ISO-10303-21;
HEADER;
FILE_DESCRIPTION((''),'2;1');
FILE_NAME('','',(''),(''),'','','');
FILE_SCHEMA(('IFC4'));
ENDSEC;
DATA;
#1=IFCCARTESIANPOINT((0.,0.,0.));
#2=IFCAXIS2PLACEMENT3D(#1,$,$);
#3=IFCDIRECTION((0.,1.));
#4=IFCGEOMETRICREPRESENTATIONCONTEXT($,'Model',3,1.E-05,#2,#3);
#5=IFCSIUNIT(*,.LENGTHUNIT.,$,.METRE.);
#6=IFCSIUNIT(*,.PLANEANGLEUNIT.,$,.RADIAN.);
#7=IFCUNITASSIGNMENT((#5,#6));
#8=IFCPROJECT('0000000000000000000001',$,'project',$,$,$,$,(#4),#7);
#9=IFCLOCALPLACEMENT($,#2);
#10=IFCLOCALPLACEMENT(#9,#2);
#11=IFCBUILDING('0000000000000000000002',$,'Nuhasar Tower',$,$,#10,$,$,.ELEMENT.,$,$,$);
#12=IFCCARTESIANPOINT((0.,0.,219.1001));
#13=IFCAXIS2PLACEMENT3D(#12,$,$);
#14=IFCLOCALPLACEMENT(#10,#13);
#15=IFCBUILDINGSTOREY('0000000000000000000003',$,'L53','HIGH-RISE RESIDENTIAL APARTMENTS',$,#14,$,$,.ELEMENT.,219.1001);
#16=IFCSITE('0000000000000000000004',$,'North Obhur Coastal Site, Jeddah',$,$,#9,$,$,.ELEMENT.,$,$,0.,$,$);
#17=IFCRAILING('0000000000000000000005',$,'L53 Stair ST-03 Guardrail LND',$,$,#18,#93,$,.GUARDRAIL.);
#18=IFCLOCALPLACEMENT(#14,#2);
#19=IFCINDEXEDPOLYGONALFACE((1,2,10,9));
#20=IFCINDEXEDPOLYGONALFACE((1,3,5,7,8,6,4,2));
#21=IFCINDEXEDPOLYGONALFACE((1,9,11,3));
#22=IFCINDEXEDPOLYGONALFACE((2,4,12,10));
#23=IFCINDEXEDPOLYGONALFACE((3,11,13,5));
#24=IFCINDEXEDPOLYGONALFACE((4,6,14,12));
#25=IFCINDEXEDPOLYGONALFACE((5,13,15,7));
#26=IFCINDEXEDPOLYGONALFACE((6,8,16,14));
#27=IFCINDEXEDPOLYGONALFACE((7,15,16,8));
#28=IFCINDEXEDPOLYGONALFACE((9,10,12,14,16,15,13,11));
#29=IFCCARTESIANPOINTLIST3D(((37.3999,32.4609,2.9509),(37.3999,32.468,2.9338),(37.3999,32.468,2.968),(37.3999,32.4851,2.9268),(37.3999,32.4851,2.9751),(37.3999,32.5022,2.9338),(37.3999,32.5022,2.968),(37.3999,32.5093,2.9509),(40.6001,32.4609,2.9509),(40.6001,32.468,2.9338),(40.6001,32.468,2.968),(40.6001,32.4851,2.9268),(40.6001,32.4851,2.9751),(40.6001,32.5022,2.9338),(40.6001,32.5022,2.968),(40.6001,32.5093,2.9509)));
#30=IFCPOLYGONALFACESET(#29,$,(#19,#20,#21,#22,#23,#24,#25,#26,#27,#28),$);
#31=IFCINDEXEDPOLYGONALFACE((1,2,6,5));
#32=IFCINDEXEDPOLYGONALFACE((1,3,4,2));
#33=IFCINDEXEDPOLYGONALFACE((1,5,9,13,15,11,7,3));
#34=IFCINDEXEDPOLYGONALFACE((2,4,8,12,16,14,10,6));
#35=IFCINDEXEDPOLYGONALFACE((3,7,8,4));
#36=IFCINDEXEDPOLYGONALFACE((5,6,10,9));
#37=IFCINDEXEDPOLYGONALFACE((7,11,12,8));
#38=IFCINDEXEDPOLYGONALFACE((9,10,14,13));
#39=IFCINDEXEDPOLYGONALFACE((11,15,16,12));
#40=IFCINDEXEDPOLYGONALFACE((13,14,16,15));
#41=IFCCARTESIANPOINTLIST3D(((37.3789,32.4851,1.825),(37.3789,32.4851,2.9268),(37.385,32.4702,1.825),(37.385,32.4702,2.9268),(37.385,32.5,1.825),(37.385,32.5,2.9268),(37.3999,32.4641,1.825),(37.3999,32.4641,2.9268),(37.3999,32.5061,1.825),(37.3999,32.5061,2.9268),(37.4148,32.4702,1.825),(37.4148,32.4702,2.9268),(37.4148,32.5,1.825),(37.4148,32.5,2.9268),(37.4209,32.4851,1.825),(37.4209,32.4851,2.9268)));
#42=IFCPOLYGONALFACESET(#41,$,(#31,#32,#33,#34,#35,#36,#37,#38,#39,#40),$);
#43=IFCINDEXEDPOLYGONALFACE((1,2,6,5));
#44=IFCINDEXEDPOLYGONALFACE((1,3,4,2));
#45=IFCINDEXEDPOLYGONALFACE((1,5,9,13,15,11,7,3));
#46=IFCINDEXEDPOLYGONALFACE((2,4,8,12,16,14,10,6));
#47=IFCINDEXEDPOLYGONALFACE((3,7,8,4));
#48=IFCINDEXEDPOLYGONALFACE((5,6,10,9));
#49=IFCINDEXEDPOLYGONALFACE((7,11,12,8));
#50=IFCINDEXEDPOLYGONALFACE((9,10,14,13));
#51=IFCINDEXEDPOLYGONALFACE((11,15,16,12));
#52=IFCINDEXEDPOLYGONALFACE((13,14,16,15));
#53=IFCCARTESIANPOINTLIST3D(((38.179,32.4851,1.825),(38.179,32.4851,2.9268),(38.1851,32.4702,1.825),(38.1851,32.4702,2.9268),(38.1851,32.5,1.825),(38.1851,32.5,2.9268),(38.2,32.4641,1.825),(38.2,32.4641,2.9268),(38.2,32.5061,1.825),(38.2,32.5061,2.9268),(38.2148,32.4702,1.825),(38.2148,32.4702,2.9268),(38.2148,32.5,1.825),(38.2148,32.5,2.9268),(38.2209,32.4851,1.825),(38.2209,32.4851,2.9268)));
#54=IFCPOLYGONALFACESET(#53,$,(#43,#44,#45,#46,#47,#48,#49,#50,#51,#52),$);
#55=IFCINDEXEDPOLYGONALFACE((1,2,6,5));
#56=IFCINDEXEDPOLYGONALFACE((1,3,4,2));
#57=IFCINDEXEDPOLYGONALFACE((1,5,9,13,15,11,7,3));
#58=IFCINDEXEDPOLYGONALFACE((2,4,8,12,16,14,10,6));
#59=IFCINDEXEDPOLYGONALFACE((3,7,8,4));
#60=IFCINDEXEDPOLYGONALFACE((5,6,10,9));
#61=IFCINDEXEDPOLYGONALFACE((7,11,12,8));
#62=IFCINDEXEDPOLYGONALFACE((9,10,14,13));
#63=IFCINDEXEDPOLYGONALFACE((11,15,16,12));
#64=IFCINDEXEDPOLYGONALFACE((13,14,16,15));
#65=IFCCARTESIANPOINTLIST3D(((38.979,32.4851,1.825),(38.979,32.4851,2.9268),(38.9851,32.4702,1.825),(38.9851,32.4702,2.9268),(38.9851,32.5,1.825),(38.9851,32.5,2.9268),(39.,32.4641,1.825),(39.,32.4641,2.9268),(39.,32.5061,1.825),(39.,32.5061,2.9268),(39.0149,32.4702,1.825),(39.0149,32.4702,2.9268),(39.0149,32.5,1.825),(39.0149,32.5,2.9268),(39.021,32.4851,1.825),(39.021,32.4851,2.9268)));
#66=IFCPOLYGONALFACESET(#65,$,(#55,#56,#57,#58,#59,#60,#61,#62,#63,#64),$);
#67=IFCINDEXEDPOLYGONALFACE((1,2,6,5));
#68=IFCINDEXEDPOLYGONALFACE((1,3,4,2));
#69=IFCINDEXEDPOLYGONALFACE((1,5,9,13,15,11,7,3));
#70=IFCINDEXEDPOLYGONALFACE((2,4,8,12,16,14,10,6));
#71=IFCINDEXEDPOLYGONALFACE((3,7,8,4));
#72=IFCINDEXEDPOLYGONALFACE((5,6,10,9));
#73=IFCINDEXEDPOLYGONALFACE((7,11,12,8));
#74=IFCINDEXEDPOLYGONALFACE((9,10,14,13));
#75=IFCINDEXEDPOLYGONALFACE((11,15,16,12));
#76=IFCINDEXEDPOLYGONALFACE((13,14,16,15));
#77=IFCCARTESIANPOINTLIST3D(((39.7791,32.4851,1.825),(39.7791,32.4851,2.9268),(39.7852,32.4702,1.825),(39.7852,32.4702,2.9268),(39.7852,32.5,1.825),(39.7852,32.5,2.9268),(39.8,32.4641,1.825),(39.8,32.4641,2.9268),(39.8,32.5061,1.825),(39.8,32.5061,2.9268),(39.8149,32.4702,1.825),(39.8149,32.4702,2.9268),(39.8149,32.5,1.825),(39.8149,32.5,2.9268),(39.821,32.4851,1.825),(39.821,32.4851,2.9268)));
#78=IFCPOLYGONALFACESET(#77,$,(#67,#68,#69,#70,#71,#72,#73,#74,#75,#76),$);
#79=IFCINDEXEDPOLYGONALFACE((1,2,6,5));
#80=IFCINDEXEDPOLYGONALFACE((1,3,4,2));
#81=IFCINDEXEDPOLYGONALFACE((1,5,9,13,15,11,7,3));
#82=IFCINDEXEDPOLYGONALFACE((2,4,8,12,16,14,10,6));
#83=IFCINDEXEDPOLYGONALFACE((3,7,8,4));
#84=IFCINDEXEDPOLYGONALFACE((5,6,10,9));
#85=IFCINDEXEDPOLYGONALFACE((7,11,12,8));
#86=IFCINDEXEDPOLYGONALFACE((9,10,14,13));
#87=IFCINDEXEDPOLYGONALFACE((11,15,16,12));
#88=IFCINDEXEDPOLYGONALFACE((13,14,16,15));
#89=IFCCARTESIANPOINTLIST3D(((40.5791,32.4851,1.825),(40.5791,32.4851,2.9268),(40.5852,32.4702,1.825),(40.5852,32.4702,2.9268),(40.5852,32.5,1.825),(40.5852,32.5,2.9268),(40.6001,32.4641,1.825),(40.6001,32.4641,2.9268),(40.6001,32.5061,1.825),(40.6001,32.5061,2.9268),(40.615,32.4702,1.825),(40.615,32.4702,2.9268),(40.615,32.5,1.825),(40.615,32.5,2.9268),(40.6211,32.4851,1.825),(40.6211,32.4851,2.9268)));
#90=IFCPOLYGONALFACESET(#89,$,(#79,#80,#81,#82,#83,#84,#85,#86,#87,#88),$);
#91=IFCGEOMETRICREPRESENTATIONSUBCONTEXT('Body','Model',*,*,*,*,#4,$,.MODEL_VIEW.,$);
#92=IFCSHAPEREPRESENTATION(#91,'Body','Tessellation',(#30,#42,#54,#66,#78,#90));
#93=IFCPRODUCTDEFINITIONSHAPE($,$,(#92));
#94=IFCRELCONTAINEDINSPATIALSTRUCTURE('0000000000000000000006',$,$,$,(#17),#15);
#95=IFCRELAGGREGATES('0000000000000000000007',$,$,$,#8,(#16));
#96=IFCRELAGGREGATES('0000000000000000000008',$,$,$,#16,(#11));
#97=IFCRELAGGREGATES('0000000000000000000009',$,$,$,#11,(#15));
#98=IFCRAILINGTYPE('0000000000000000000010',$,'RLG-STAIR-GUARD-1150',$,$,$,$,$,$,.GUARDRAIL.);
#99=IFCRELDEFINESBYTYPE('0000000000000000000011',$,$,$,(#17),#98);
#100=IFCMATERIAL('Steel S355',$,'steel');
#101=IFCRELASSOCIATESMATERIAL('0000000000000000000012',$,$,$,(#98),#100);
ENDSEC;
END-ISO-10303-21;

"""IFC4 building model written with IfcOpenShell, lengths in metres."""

from ifc_helpers import new_model, si_unit, direction, frame, origin, place, context, subcontext, project, spatial, polyline, outline, extrude, material, type_object, element, save


model = new_model("IFC4")

# Units and contexts
model_context = context("Model", 3, precision=1e-05, world=origin(), true_north=direction((0.0, 1.0)))
body_context = subcontext(model_context, "Body", "Model", "MODEL_VIEW")
ifc_project = project(units=[si_unit("LENGTHUNIT", "METRE"), si_unit("PLANEANGLEUNIT", "RADIAN")], contexts=[model_context])

# Site, building, storey
site_placement = place(None, origin())
site = spatial("IfcSite", under=ifc_project, at=site_placement, Name="North Obhur Coastal Site, Jeddah", CompositionType="ELEMENT", RefElevation=0.0)
building_placement = place(site_placement, origin())
building = spatial("IfcBuilding", under=site, at=building_placement, Name="Nuhasar Tower", CompositionType="ELEMENT")
storey_placement = place(building_placement, frame((0.0, 0.0, 219.1001)))
storey = spatial("IfcBuildingStorey", under=building, at=storey_placement, Name="L53", Description="HIGH-RISE RESIDENTIAL APARTMENTS", CompositionType="ELEMENT", Elevation=219.1001)

# Shared definitions
ifc_material_1 = material(Name="Steel S355", Category="steel")

# Railing
railing_type_1 = type_object("IfcRailingType", Name="RLG-STAIR-GUARD-1150", PredefinedType="GUARDRAIL", material=ifc_material_1)
railing_1_placement = place(storey_placement, frame((37.3999, 32.4851, 1.825)))
element("IfcRailing", 1, at=railing_1_placement, inside=storey, type_object=railing_type_1, Name="L53 Stair ST-03 Guardrail LND", PredefinedType="GUARDRAIL", context=body_context, shape_type="SweptSolid", body=[
    extrude(outline(polyline([(0.0242, 0.0), (0.0171, 0.0171), (0.0, 0.0242), (-0.0171, 0.0171), (-0.0242, 0.0), (-0.0171, -0.0171), (0.0, -0.0242), (0.0171, -0.0171), (0.0242, 0.0)])), frame((0.0, 0.0, 1.126), z_axis=(1.0, 0.0, 0.0), x_axis=(0.0, 1.0, 0.0)), (0.0, 0.0, 1.0), 3.2002),
    extrude(outline(polyline([(0.021, 0.0), (0.0149, 0.0149), (0.0, 0.021), (-0.0149, 0.0149), (-0.021, 0.0), (-0.0149, -0.0149), (0.0, -0.021), (0.0149, -0.0149), (0.021, 0.0)])), origin(), (0.0, 0.0, 1.0), 1.1018),
    extrude(outline(polyline([(0.021, 0.0), (0.0149, 0.0149), (0.0, 0.021), (-0.0149, 0.0149), (-0.021, 0.0), (-0.0149, -0.0149), (0.0, -0.021), (0.0149, -0.0149), (0.021, 0.0)])), frame((0.8, 0.0, 0.0)), (0.0, 0.0, 1.0), 1.1018),
    extrude(outline(polyline([(0.021, 0.0), (0.0149, 0.0149), (0.0, 0.021), (-0.0149, 0.0149), (-0.021, 0.0), (-0.0149, -0.0149), (0.0, -0.021), (0.0149, -0.0149), (0.021, 0.0)])), frame((1.6001, 0.0, 0.0)), (0.0, 0.0, 1.0), 1.1018),
    extrude(outline(polyline([(0.021, 0.0), (0.0149, 0.0149), (0.0, 0.021), (-0.0149, 0.0149), (-0.021, 0.0), (-0.0149, -0.0149), (0.0, -0.021), (0.0149, -0.0149), (0.021, 0.0)])), frame((2.4001, 0.0, 0.0)), (0.0, 0.0, 1.0), 1.1018),
    extrude(outline(polyline([(0.021, 0.0), (0.0149, 0.0149), (0.0, 0.021), (-0.0149, 0.0149), (-0.021, 0.0), (-0.0149, -0.0149), (0.0, -0.021), (0.0149, -0.0149), (0.021, 0.0)])), frame((3.2002, 0.0, 0.0)), (0.0, 0.0, 1.0), 1.1018),
])

save(model, "model.ifc")
